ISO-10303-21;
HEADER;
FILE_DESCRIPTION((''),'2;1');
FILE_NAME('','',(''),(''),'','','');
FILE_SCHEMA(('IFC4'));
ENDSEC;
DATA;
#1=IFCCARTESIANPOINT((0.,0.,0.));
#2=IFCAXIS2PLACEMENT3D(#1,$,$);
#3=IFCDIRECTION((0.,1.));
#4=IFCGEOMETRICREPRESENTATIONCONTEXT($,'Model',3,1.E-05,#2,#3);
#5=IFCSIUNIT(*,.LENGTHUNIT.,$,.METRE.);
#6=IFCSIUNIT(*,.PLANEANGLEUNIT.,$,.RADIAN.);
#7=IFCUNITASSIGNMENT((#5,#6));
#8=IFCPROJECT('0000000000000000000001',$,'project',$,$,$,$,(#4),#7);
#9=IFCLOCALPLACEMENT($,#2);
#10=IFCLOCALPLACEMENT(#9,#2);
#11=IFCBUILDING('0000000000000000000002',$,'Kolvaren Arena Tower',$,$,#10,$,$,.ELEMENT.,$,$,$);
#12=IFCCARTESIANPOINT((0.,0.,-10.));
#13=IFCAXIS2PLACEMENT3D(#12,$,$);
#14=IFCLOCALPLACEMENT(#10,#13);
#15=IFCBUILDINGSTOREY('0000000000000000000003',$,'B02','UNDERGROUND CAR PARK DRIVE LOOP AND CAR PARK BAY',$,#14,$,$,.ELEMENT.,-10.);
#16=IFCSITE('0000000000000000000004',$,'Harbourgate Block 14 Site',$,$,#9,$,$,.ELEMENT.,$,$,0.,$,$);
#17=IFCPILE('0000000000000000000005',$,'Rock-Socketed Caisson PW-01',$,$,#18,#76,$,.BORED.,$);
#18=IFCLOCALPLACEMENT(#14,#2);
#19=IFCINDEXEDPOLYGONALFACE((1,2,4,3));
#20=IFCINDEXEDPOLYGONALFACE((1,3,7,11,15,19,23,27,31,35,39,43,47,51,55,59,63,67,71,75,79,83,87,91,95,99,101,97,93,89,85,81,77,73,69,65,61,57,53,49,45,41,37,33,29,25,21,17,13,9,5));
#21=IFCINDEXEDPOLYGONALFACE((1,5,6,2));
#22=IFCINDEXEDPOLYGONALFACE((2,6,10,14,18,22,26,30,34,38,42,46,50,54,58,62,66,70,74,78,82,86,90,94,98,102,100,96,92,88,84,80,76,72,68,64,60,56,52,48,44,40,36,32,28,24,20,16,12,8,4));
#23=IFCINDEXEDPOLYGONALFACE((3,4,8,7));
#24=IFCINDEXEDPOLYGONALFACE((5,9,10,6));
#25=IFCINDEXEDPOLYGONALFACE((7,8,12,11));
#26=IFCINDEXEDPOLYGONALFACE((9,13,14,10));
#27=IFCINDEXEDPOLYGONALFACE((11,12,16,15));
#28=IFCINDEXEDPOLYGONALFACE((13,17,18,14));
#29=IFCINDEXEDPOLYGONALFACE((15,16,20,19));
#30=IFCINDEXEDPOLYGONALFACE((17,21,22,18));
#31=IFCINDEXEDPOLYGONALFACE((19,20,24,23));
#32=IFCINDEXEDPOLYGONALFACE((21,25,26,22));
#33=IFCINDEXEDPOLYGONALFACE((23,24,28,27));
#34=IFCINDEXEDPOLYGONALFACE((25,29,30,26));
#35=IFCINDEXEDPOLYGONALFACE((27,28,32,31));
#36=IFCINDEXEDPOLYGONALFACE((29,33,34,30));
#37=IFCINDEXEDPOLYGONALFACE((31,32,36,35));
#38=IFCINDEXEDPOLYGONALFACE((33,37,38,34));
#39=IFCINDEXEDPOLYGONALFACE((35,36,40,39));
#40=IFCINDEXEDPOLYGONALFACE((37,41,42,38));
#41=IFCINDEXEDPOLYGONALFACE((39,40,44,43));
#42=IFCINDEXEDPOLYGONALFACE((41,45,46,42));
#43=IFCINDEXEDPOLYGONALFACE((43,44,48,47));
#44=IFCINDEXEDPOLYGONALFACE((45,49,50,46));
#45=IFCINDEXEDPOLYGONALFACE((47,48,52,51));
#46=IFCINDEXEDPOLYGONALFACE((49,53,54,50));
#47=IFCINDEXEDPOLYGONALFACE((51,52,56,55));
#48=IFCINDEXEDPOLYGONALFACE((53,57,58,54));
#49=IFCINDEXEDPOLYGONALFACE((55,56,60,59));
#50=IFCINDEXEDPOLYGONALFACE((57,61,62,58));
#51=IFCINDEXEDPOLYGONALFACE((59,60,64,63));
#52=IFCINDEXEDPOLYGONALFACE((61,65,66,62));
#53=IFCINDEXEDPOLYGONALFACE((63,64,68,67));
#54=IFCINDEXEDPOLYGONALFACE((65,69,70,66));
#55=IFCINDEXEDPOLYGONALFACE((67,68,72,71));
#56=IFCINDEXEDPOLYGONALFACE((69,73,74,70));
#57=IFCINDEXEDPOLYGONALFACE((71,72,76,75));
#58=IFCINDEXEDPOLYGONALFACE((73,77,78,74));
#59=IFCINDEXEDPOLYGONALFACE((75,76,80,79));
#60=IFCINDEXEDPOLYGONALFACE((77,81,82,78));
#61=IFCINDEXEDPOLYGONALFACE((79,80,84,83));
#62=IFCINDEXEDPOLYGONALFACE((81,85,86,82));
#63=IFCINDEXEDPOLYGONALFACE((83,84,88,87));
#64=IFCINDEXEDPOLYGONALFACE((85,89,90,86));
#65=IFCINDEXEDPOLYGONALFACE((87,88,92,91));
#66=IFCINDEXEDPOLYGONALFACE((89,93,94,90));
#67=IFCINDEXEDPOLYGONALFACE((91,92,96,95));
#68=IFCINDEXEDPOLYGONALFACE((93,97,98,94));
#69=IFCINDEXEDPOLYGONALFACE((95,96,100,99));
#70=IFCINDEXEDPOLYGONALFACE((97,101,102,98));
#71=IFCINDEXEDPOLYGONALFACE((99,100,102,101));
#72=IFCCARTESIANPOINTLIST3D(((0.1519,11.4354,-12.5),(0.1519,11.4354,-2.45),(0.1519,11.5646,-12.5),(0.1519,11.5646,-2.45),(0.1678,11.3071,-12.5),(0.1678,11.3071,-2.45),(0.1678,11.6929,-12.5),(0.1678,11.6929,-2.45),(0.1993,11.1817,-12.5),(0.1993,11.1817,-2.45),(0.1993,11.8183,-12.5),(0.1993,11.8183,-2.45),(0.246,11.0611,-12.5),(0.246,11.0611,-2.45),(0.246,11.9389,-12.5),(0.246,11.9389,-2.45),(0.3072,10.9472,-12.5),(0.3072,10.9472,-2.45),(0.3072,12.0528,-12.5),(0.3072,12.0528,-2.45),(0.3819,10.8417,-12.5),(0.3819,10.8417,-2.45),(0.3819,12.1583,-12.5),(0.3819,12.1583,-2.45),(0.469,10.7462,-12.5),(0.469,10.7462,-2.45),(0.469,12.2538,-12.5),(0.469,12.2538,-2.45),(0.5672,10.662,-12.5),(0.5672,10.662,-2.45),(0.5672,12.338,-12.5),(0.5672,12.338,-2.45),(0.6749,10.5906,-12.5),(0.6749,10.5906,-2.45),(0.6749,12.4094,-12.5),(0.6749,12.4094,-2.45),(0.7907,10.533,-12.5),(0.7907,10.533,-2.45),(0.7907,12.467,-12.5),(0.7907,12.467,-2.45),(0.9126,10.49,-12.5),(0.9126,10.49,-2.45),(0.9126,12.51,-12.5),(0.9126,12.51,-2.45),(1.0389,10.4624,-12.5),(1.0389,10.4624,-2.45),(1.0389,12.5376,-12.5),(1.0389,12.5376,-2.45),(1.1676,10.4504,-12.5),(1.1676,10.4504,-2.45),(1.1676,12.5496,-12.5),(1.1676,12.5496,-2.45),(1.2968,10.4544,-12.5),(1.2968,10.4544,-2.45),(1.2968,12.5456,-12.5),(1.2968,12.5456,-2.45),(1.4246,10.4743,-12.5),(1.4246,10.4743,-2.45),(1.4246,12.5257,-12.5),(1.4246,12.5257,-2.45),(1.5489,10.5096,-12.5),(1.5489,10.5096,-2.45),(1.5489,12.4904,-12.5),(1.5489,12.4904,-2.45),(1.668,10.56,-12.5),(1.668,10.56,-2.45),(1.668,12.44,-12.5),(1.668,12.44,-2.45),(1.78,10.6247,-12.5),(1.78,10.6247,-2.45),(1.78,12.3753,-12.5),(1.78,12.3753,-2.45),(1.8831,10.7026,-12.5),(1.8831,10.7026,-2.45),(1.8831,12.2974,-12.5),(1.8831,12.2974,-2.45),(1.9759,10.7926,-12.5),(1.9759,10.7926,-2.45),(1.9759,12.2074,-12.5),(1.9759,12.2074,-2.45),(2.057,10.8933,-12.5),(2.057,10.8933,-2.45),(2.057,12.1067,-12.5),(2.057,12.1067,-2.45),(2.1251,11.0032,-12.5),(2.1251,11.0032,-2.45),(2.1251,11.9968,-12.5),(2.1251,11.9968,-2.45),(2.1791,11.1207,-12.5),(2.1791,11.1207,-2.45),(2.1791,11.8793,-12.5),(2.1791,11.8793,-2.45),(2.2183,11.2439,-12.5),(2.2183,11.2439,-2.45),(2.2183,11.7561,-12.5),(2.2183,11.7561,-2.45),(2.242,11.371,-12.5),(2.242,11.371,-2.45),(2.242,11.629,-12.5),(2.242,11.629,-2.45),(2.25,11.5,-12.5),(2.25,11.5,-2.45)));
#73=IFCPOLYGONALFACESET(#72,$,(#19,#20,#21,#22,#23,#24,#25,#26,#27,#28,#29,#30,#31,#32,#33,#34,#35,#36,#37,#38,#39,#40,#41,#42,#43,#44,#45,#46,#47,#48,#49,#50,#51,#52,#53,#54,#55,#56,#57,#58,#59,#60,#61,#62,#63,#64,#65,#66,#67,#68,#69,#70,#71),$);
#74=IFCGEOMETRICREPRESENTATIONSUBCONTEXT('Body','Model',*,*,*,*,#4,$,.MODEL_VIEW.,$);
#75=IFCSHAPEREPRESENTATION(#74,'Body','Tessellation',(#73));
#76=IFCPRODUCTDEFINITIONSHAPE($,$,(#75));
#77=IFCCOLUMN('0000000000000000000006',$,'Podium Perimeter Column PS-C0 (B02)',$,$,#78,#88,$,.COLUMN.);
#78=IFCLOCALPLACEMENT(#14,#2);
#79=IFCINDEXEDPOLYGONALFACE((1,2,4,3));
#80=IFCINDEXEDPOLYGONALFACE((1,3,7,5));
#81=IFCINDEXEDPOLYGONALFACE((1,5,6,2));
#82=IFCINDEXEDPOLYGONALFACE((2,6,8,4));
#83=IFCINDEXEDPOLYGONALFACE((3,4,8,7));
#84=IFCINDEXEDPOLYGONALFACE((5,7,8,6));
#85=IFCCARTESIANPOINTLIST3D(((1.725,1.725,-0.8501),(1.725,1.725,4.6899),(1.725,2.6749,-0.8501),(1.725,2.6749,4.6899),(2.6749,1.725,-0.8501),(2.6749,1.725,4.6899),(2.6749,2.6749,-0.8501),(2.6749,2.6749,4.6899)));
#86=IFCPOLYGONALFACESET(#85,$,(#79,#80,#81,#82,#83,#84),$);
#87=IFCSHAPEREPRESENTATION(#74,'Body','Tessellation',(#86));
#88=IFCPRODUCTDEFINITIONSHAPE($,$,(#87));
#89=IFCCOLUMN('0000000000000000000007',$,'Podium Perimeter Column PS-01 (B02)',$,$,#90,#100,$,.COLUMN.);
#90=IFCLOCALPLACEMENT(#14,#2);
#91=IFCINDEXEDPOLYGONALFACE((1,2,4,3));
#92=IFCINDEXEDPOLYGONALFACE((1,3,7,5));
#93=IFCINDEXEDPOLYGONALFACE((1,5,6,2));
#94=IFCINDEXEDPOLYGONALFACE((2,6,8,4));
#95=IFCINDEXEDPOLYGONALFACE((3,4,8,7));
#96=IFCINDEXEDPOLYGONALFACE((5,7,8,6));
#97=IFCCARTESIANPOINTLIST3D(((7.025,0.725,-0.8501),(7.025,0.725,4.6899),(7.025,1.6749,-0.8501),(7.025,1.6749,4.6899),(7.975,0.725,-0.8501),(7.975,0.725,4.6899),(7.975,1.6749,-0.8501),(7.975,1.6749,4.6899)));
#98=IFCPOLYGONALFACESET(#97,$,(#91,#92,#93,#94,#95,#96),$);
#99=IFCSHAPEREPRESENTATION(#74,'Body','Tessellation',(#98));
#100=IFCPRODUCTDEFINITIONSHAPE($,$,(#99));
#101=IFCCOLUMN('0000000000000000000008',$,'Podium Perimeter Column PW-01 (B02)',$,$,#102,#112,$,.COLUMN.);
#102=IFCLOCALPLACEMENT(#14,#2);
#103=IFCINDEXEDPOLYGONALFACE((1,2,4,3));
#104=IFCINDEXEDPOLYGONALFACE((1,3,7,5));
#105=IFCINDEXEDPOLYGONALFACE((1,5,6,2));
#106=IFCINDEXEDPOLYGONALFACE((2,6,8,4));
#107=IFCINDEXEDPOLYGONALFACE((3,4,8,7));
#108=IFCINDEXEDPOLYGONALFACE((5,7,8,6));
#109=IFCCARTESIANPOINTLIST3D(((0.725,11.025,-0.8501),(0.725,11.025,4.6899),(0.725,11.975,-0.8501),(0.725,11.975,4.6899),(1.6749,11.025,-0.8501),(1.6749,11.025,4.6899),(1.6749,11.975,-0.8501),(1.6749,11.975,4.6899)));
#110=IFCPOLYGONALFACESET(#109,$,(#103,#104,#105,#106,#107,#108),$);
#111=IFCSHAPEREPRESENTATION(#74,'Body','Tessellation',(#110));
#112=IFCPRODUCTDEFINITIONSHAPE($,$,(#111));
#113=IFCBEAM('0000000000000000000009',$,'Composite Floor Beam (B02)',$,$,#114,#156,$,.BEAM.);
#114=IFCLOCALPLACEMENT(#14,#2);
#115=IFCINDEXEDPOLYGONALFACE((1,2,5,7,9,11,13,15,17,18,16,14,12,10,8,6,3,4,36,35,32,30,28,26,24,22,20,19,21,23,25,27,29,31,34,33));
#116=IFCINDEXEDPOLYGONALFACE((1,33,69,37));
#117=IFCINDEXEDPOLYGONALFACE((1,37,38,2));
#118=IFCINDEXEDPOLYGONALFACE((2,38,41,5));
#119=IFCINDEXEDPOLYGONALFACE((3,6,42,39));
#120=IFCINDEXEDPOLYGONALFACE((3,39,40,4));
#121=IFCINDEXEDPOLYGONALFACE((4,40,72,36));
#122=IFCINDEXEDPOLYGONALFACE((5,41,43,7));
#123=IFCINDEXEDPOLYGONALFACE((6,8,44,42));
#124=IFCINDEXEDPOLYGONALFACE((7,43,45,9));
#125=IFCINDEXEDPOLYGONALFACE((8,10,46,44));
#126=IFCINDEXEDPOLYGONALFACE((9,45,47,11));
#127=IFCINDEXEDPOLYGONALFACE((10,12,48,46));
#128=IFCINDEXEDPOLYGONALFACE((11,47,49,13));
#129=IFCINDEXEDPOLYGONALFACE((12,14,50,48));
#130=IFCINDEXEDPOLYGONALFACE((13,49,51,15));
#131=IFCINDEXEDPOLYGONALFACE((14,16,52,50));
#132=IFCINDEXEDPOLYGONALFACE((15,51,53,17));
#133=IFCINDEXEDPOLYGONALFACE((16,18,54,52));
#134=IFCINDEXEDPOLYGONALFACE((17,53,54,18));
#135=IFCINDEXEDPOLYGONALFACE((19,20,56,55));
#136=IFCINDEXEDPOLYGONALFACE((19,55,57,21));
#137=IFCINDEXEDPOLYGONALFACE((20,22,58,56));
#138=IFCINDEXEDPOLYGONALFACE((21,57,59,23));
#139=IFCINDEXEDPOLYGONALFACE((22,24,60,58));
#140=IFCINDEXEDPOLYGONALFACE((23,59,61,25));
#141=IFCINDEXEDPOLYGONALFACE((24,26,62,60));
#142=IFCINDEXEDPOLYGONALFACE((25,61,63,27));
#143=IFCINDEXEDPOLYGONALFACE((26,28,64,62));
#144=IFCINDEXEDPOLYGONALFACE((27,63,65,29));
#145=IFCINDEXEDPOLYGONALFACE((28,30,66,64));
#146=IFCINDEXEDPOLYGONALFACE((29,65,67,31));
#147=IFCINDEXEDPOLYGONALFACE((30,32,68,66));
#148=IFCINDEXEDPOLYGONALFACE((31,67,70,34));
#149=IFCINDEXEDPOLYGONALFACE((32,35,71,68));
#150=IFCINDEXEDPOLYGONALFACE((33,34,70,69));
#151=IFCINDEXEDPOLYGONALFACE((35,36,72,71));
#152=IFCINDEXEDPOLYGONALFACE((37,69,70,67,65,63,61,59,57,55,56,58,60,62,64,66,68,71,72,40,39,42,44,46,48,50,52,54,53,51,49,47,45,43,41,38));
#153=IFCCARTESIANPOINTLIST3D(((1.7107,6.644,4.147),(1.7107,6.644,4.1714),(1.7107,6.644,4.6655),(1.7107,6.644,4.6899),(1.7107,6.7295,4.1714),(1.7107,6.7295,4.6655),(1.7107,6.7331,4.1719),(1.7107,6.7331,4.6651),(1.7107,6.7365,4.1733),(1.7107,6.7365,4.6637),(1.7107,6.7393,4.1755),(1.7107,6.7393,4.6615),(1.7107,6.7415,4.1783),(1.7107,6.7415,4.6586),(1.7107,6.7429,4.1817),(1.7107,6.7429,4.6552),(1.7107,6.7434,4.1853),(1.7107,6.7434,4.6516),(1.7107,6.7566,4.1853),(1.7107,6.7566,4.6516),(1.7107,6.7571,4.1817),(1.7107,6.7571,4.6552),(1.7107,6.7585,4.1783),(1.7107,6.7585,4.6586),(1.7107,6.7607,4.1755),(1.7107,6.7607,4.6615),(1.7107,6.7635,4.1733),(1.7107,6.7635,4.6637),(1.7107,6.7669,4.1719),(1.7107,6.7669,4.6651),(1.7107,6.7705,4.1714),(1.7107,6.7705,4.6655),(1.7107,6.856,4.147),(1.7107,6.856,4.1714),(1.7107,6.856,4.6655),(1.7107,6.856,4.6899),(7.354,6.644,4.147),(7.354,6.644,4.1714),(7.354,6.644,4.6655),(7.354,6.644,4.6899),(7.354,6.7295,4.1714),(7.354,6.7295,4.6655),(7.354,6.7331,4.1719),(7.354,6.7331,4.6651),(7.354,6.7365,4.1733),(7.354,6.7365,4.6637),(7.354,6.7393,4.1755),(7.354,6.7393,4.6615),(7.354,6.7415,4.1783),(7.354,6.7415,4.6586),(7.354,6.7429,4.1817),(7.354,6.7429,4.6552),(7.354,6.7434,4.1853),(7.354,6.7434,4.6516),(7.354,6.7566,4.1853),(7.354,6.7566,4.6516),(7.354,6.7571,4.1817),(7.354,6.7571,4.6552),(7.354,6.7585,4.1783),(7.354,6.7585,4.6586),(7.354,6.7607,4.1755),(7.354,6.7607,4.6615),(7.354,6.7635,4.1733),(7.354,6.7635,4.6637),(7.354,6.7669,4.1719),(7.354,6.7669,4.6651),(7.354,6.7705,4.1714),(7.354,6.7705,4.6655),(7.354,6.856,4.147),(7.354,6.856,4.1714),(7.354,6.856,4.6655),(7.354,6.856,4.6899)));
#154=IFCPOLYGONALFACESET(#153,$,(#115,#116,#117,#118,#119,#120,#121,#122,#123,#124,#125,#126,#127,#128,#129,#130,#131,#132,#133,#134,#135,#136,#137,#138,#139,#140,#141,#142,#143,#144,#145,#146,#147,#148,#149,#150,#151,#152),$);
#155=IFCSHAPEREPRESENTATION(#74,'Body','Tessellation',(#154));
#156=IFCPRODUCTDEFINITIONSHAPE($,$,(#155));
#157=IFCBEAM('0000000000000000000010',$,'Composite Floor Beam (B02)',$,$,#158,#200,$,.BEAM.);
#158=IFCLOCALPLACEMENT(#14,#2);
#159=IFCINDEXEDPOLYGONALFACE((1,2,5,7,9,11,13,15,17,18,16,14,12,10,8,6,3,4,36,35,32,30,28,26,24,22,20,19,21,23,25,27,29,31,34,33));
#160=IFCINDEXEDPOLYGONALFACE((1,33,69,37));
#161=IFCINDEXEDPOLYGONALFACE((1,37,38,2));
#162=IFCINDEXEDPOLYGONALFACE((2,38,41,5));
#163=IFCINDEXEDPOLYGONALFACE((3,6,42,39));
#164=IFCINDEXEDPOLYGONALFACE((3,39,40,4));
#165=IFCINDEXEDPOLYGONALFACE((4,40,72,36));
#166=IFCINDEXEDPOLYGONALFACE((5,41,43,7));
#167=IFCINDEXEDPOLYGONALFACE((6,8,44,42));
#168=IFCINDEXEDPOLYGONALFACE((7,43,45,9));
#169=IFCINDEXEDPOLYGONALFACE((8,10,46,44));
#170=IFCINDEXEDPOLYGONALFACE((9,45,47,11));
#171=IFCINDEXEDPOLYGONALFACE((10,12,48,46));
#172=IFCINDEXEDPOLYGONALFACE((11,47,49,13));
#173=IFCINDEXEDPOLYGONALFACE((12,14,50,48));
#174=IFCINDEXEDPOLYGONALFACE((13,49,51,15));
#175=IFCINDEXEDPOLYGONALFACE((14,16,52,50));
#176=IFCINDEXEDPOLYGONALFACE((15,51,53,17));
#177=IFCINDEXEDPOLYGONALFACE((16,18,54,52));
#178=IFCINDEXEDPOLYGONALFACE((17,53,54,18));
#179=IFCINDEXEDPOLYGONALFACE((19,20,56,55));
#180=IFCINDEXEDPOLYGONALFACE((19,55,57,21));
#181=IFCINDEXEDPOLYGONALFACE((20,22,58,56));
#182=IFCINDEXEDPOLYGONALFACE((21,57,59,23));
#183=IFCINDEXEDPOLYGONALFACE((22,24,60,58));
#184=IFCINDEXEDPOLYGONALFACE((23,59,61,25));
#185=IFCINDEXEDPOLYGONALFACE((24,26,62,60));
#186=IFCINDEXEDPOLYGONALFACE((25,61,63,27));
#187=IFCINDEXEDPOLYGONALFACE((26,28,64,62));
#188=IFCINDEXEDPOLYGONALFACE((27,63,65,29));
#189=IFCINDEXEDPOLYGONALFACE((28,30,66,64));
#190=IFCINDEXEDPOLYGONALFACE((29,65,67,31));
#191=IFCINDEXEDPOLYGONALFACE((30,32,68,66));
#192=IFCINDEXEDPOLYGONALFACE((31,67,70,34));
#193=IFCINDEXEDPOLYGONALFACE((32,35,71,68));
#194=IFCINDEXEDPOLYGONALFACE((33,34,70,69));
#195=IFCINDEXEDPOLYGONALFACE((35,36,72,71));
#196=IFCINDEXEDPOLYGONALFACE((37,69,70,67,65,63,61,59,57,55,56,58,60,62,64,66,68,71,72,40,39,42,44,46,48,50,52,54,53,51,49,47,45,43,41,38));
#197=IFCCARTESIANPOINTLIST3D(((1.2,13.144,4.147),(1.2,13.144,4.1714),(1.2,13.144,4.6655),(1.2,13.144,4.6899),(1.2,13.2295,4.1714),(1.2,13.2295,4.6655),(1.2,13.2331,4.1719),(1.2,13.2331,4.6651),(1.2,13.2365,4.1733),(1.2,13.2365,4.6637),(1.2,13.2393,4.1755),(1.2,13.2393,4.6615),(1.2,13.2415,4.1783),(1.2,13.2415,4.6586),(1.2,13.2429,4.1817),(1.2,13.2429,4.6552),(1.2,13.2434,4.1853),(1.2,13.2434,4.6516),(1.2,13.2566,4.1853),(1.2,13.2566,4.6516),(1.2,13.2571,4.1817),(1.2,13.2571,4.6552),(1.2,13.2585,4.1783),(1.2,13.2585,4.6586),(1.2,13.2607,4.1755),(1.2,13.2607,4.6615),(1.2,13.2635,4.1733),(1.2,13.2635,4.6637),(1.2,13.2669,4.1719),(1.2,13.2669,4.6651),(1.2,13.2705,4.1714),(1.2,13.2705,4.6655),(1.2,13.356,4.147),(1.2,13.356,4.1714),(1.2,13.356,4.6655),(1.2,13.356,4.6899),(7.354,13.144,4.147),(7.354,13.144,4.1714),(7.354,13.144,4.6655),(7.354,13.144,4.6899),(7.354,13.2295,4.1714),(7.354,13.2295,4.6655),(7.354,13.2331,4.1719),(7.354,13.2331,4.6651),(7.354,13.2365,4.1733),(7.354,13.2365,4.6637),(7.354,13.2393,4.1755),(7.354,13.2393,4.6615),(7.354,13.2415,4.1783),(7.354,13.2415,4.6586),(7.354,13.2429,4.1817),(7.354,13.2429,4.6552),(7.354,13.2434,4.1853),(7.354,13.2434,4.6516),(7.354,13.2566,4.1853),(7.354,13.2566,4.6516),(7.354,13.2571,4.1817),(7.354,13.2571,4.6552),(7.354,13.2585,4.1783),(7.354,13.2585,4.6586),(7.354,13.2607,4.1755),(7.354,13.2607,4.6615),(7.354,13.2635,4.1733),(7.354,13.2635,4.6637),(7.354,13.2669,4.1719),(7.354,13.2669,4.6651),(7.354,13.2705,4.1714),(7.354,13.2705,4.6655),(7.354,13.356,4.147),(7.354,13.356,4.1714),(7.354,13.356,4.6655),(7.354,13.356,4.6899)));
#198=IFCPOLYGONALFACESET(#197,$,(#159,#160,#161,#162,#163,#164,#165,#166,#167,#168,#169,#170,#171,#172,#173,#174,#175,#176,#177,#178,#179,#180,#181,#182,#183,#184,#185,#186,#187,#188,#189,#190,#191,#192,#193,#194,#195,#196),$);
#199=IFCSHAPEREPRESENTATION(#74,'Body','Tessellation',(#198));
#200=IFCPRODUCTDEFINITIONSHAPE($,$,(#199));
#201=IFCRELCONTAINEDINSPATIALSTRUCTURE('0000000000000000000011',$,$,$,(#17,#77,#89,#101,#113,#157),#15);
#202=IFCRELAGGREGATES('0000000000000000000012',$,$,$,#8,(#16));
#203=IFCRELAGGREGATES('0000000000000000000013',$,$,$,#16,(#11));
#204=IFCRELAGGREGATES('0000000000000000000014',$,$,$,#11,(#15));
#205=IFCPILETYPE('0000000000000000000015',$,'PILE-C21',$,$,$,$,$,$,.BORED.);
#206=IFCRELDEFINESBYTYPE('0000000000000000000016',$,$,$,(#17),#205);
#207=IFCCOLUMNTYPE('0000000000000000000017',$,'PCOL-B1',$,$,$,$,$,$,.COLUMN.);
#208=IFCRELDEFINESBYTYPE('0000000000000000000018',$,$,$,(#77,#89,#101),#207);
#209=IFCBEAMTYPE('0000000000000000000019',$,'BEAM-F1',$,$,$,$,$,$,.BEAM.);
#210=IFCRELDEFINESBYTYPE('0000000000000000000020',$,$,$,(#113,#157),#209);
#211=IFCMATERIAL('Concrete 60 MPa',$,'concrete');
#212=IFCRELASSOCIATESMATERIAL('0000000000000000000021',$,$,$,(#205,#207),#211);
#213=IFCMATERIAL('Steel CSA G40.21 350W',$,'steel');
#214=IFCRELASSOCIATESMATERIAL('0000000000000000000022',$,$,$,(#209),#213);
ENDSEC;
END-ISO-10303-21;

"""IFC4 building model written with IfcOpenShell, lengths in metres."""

from ifc_helpers import new_model, si_unit, direction, frame, origin, origin_2d, place, context, subcontext, project, spatial, rectangle, circle, i_section, extrude, material, material_profile, profile_set, type_object, element, save


model = new_model("IFC4")

# Units and contexts
model_context = context("Model", 3, precision=1e-05, world=origin(), true_north=direction((0.0, 1.0)))
body_context = subcontext(model_context, "Body", "Model", "MODEL_VIEW")
ifc_project = project(units=[si_unit("LENGTHUNIT", "METRE"), si_unit("PLANEANGLEUNIT", "RADIAN")], contexts=[model_context])

# Site, building, storey
site_placement = place(None, origin())
site = spatial("IfcSite", under=ifc_project, at=site_placement, Name="Harbourgate Block 14 Site", CompositionType="ELEMENT", RefElevation=0.0)
building_placement = place(site_placement, origin())
building = spatial("IfcBuilding", under=site, at=building_placement, Name="Kolvaren Arena Tower", CompositionType="ELEMENT")
storey_placement = place(building_placement, frame((0.0, 0.0, -10.0)))
storey = spatial("IfcBuildingStorey", under=building, at=storey_placement, Name="B02", Description="UNDERGROUND CAR PARK DRIVE LOOP AND CAR PARK BAY", CompositionType="ELEMENT", Elevation=-10.0)

# Pile
ifc_material_1 = material(Name="Concrete 60 MPa", Category="concrete")
ifc_material_profile_1 = material_profile(ifc_material_1, circle(Radius=1.05, at=origin_2d()), Name="CAISSON-D2100")
ifc_profile_set_1 = profile_set([ifc_material_profile_1], Name="Concrete 60 MPa")
pile_type = type_object("IfcPileType", Name="PILE-C21", PredefinedType="BORED", material=ifc_profile_set_1)
for number, where, z_axis, x_axis, name in (
    (1, (1.2, 11.5, -2.45), (0.0, 0.0, -1.0), (1.0, 0.0, 0.0), "Rock-Socketed Caisson PW-01"),
):
    element("IfcPile", number, at=place(storey_placement, frame(where, z_axis=z_axis, x_axis=x_axis)), inside=storey, type_object=pile_type, Name=name, PredefinedType="BORED", context=body_context, shape_type="SweptSolid", body=[
        extrude(circle(Radius=1.05, at=origin_2d()), origin(), (0.0, 0.0, 1.0), 10.05),
    ])

# Columns
ifc_material_profile_2 = material_profile(ifc_material_1, rectangle(XDim=0.95, YDim=0.95, at=origin_2d()), Name="RC-950x950")
ifc_profile_set_2 = profile_set([ifc_material_profile_2], Name="Concrete 60 MPa")
column_type = type_object("IfcColumnType", Name="PCOL-B1", PredefinedType="COLUMN", material=ifc_profile_set_2)
for number, where, z_axis, x_axis, name in (
    (2, (2.2, 2.2, -0.8501), (0.0, 0.0, 1.0), (1.0, 0.0, 0.0), "Podium Perimeter Column PS-C0 (B02)"),
    (3, (7.5, 1.2, -0.8501), (0.0, 0.0, 1.0), (1.0, 0.0, 0.0), "Podium Perimeter Column PS-01 (B02)"),
    (4, (1.2, 11.5, -0.8501), (0.0, 0.0, 1.0), (1.0, 0.0, 0.0), "Podium Perimeter Column PW-01 (B02)"),
):
    element("IfcColumn", number, at=place(storey_placement, frame(where, z_axis=z_axis, x_axis=x_axis)), inside=storey, type_object=column_type, Name=name, PredefinedType="COLUMN", context=body_context, shape_type="SweptSolid", body=[
        extrude(rectangle(XDim=0.95, YDim=0.95, at=origin_2d()), origin(), (0.0, 0.0, 1.0), 5.54),
    ])

# Beams
ifc_material_2 = material(Name="Steel CSA G40.21 350W", Category="steel")
ifc_material_profile_3 = material_profile(ifc_material_2, i_section(OverallWidth=0.2119, OverallDepth=0.543, WebThickness=0.0132, FlangeThickness=0.0244, FilletRadius=0.0139, at=origin_2d()), Name="W530x150")
ifc_profile_set_3 = profile_set([ifc_material_profile_3], Name="Steel CSA G40.21 350W")
beam_type_1 = type_object("IfcBeamType", Name="BEAM-F1", PredefinedType="BEAM", material=ifc_profile_set_3)
beam_1_placement = place(storey_placement, frame((1.7107, 6.75, 4.4185), z_axis=(1.0, 0.0, 0.0), x_axis=(0.0, 1.0, 0.0)))
element("IfcBeam", 5, at=beam_1_placement, inside=storey, type_object=beam_type_1, Name="Composite Floor Beam (B02)", PredefinedType="BEAM", context=body_context, shape_type="SweptSolid", body=[
    extrude(i_section(OverallWidth=0.2119, OverallDepth=0.543, WebThickness=0.0132, FlangeThickness=0.0244, FilletRadius=0.0139, at=origin_2d()), origin(), (0.0, 0.0, 1.0), 5.6433),
])
for number, where, z_axis, x_axis, name in (
    (6, (1.2, 13.25, 4.4185), (1.0, 0.0, 0.0), (0.0, 1.0, 0.0), "Composite Floor Beam (B02)"),
):
    element("IfcBeam", number, at=place(storey_placement, frame(where, z_axis=z_axis, x_axis=x_axis)), inside=storey, type_object=beam_type_1, Name=name, PredefinedType="BEAM", context=body_context, shape_type="SweptSolid", body=[
        extrude(i_section(OverallWidth=0.2119, OverallDepth=0.543, WebThickness=0.0132, FlangeThickness=0.0244, FilletRadius=0.0139, at=origin_2d()), origin(), (0.0, 0.0, 1.0), 6.1541),
    ])

save(model, "model.ifc")
